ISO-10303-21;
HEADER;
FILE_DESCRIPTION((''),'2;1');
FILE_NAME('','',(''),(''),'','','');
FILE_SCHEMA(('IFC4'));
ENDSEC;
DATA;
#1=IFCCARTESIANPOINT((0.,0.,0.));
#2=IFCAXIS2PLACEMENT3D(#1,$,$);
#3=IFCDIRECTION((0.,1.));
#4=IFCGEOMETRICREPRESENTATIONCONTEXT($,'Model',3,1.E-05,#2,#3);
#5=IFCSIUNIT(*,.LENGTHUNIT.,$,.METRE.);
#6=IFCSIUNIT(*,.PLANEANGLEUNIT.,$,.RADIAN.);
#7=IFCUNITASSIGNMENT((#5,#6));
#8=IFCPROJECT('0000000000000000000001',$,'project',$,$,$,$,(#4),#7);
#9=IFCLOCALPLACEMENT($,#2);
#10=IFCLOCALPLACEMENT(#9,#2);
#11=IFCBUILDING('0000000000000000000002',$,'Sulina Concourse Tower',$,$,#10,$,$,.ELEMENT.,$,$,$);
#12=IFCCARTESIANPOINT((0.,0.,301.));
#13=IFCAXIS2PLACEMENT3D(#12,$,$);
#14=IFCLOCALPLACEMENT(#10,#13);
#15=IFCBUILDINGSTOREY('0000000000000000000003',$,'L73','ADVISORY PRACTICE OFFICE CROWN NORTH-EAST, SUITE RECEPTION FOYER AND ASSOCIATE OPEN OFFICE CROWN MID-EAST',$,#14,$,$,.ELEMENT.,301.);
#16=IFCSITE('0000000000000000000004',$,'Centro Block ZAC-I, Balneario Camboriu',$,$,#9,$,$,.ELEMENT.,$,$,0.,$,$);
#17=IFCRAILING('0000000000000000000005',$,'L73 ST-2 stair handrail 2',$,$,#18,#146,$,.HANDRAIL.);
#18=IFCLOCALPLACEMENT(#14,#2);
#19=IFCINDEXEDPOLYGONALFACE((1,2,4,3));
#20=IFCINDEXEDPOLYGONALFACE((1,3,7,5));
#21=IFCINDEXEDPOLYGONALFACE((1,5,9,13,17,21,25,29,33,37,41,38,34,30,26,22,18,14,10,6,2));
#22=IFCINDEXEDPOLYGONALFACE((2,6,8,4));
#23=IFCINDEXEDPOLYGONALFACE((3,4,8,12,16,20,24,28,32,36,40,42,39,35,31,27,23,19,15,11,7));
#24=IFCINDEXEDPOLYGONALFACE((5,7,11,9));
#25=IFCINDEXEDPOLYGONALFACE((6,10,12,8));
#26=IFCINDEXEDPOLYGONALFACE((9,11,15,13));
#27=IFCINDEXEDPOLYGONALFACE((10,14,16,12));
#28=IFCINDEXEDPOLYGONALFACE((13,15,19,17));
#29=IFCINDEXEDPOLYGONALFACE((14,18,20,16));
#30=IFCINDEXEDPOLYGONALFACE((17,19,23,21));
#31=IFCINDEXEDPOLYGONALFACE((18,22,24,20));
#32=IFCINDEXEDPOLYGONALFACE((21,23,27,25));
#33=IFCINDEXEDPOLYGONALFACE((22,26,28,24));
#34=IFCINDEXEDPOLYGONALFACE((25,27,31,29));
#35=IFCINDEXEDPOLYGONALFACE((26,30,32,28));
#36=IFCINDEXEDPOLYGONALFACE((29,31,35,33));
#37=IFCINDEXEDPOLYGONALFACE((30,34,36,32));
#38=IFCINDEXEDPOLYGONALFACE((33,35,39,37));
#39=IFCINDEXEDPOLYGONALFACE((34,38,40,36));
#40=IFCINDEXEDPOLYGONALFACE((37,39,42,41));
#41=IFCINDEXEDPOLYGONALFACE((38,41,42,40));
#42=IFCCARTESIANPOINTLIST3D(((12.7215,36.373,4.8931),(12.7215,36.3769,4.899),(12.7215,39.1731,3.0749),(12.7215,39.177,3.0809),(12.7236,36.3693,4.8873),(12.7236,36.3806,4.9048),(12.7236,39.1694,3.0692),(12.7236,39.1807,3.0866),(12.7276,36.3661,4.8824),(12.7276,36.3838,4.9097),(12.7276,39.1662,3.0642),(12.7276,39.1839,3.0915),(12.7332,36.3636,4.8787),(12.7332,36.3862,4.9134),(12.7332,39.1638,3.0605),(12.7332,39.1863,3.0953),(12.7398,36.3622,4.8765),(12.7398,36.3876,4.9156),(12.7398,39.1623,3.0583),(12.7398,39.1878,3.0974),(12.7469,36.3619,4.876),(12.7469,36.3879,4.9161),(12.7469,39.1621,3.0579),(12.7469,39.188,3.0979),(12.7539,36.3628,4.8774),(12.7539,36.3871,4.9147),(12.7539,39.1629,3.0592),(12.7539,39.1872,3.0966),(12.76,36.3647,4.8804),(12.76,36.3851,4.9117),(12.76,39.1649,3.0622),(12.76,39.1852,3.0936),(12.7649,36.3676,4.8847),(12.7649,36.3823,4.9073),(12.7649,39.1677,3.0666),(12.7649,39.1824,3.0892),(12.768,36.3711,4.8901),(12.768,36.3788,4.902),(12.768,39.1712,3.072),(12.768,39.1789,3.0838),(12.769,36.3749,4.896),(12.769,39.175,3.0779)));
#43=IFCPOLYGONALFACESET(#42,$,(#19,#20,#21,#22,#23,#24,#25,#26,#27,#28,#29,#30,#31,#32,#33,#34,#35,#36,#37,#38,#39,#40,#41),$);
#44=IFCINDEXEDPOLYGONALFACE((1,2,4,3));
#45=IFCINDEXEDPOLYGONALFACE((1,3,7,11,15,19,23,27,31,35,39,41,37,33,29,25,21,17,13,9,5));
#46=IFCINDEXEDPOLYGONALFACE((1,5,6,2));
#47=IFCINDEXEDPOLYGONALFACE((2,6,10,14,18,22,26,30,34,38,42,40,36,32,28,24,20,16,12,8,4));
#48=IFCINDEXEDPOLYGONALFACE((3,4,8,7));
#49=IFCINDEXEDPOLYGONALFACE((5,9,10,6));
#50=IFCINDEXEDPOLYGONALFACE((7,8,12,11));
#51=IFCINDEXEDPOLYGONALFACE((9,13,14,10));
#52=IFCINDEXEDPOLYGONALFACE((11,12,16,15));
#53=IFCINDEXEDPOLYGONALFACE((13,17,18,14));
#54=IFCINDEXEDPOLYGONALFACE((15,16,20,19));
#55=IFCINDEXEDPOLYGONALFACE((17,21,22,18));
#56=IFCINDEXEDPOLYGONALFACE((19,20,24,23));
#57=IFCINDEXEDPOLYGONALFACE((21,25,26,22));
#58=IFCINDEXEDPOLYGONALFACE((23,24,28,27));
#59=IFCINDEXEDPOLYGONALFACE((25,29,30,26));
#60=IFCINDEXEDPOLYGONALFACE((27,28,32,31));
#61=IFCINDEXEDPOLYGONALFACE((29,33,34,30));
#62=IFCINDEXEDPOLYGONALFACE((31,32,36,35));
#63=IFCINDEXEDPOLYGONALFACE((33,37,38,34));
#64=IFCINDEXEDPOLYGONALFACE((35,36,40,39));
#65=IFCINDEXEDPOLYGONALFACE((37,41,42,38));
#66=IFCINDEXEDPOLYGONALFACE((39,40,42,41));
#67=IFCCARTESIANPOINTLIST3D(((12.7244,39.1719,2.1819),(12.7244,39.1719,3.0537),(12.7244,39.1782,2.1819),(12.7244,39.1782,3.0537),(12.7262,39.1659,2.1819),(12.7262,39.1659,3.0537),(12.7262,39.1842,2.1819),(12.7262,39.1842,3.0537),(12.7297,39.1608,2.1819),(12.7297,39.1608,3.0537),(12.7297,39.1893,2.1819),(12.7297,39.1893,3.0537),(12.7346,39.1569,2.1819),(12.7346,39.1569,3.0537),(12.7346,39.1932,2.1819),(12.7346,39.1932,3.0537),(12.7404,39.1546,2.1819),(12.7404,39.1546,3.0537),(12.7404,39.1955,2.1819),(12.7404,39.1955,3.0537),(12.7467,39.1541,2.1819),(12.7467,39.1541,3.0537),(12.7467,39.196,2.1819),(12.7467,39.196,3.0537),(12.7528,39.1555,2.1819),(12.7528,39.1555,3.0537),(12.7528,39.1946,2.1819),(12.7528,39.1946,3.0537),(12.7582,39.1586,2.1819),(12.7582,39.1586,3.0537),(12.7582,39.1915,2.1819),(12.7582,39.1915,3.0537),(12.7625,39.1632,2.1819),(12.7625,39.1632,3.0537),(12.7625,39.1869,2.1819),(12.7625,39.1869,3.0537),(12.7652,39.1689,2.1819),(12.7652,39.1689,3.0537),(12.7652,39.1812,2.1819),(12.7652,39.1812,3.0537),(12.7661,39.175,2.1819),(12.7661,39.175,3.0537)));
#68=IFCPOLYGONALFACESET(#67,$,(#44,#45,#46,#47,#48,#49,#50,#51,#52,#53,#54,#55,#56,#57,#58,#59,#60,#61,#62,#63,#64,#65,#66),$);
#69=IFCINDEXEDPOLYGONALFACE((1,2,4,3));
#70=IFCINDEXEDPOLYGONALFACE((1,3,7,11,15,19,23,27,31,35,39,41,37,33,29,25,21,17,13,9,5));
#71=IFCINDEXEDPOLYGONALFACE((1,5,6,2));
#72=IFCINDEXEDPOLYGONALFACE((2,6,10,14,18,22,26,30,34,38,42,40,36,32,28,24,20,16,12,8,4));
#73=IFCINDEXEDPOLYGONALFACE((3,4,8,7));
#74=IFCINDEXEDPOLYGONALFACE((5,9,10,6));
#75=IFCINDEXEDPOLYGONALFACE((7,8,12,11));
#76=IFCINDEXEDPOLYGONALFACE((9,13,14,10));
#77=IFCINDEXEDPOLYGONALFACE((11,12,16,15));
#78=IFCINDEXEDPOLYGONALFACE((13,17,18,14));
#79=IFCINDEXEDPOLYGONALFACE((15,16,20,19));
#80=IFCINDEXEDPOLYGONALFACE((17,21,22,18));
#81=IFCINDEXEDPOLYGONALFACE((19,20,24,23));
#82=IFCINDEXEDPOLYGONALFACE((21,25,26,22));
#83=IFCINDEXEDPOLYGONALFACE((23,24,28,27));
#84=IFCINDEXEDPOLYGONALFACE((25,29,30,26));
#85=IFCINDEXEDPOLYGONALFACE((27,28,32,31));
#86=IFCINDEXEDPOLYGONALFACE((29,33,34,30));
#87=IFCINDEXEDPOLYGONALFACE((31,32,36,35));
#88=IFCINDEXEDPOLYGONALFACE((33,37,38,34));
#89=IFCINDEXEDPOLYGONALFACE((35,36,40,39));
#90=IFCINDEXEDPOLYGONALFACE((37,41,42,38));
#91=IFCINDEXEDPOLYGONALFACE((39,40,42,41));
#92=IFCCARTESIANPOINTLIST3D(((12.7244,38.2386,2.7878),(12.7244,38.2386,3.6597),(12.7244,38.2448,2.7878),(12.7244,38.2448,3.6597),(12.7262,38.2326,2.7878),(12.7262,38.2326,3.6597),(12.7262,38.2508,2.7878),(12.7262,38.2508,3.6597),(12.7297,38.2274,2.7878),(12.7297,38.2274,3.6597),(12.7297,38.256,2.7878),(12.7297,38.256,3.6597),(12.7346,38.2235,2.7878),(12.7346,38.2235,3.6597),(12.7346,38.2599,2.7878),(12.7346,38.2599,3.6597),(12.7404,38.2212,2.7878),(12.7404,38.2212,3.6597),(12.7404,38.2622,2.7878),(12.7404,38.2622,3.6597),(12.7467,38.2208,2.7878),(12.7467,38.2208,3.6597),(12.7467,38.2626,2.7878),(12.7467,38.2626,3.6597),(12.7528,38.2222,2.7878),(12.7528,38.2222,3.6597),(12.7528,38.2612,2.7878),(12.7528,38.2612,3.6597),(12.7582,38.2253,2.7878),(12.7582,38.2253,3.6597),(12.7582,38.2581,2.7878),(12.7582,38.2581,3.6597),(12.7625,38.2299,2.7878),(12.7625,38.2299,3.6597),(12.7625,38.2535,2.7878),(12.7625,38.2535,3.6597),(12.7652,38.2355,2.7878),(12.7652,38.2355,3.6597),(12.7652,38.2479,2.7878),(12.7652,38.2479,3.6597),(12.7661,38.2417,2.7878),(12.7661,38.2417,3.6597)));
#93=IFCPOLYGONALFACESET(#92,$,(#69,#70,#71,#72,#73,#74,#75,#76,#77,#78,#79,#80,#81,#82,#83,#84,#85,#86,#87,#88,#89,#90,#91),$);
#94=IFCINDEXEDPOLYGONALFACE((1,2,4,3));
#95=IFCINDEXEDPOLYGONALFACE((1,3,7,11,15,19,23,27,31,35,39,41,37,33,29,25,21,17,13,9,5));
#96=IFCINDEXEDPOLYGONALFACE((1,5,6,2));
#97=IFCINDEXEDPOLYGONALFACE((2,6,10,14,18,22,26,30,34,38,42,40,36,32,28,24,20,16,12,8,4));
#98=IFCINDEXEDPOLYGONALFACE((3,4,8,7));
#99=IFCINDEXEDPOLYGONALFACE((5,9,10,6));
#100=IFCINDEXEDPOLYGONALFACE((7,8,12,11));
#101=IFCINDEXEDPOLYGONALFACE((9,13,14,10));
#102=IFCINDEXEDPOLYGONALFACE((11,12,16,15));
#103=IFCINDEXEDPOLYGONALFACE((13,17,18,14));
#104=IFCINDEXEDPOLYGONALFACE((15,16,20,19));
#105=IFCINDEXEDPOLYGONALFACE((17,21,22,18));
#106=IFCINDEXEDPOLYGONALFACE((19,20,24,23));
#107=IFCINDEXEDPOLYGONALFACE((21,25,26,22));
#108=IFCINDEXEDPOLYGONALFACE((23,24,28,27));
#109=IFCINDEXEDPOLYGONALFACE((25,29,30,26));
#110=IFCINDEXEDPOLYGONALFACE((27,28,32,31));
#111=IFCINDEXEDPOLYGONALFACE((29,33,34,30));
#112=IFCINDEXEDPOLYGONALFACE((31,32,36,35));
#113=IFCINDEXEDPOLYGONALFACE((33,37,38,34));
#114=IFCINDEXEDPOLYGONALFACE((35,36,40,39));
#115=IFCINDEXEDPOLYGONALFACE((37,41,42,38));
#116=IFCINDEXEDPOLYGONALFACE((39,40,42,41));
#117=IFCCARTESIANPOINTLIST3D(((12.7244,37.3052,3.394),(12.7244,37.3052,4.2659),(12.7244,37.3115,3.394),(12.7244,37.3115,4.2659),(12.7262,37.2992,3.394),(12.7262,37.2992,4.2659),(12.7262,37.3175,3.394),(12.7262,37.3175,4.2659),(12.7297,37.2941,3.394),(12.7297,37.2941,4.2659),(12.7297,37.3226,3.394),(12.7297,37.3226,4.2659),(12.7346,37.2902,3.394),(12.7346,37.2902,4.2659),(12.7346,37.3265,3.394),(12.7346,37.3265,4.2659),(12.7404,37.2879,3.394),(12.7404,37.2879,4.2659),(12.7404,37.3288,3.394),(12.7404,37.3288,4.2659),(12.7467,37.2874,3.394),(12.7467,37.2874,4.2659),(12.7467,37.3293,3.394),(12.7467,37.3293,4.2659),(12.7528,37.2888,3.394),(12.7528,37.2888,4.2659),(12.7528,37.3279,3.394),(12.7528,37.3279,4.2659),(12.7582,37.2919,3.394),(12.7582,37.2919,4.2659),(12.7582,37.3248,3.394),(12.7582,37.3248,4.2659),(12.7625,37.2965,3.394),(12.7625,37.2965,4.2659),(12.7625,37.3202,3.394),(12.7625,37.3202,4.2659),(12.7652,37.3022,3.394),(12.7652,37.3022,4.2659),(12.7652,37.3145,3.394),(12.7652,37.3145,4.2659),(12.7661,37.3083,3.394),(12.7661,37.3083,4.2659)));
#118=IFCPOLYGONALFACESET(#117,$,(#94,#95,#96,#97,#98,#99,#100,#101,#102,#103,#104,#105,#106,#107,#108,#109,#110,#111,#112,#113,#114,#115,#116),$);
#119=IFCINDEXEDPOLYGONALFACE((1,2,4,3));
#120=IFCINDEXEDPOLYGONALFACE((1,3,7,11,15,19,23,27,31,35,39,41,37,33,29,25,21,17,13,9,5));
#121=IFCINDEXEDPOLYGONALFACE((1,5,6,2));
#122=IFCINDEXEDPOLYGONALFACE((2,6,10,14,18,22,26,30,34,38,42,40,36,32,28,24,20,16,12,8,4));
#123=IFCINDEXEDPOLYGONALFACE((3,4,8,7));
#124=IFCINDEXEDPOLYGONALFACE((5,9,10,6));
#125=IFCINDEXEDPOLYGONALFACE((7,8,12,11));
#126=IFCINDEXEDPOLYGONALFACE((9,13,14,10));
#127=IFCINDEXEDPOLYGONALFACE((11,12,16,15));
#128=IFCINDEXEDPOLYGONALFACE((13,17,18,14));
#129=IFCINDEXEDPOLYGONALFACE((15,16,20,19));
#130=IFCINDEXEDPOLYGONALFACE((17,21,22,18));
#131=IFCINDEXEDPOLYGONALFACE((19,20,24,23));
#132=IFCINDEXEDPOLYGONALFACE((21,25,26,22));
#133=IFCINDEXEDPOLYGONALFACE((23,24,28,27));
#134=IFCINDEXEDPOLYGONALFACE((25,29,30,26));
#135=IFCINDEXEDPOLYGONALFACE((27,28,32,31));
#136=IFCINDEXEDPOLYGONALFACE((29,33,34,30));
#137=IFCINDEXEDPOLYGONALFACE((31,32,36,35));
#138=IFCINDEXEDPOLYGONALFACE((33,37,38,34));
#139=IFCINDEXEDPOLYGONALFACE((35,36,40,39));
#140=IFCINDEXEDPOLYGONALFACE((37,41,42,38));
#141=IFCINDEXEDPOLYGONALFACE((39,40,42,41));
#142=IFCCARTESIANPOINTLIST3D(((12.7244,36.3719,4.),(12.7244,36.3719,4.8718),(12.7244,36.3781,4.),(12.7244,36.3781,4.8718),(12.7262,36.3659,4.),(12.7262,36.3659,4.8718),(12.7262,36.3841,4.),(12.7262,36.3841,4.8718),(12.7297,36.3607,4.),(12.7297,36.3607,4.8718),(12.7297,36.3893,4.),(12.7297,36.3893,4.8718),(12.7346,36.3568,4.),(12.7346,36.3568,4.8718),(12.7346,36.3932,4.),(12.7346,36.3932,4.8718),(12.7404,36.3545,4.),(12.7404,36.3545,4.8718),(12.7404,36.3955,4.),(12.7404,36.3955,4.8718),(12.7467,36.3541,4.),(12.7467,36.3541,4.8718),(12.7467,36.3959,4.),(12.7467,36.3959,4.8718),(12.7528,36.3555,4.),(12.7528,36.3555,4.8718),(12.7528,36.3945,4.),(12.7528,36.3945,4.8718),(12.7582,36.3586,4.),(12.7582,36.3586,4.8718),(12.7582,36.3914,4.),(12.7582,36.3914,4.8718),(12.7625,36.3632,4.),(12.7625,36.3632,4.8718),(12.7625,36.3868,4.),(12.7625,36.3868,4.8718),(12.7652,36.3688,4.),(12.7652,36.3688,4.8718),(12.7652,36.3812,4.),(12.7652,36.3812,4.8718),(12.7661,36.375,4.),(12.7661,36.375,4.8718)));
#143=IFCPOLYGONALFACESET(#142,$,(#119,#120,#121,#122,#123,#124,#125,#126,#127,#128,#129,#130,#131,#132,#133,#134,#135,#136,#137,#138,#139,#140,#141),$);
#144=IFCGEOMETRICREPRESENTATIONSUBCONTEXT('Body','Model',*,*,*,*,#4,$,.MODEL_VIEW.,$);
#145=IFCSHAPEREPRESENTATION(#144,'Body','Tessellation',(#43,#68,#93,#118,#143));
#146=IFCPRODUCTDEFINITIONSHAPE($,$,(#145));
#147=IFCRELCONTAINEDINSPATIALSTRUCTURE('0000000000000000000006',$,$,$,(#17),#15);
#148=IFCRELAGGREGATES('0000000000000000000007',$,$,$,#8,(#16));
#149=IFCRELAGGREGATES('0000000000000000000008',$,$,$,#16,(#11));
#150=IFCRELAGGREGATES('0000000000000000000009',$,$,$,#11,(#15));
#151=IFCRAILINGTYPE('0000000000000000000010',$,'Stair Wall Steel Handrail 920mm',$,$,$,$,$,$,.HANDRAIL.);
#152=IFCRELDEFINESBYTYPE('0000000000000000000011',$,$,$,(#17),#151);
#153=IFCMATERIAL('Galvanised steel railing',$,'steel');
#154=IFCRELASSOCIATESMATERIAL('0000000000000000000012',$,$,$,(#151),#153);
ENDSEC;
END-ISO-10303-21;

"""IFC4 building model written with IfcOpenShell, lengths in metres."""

from ifc_helpers import new_model, si_unit, direction, frame, origin, origin_2d, place, context, subcontext, project, spatial, circle, extrude, material, type_object, element, save


model = new_model("IFC4")

# Units and contexts
model_context = context("Model", 3, precision=1e-05, world=origin(), true_north=direction((0.0, 1.0)))
body_context = subcontext(model_context, "Body", "Model", "MODEL_VIEW")
ifc_project = project(units=[si_unit("LENGTHUNIT", "METRE"), si_unit("PLANEANGLEUNIT", "RADIAN")], contexts=[model_context])

# Site, building, storey
site_placement = place(None, origin())
site = spatial("IfcSite", under=ifc_project, at=site_placement, Name="Centro Block ZAC-I, Balneario Camboriu", CompositionType="ELEMENT", RefElevation=0.0)
building_placement = place(site_placement, origin())
building = spatial("IfcBuilding", under=site, at=building_placement, Name="Sulina Concourse Tower", CompositionType="ELEMENT")
storey_placement = place(building_placement, frame((0.0, 0.0, 301.0)))
storey = spatial("IfcBuildingStorey", under=building, at=storey_placement, Name="L73", Description="ADVISORY PRACTICE OFFICE CROWN NORTH-EAST, SUITE RECEPTION FOYER AND ASSOCIATE OPEN OFFICE CROWN MID-EAST", CompositionType="ELEMENT", Elevation=301.0)

# Railing
ifc_material_1 = material(Name="Galvanised steel railing", Category="steel")
railing_type_1 = type_object("IfcRailingType", Name="Stair Wall Steel Handrail 920mm", PredefinedType="HANDRAIL", material=ifc_material_1)
railing_1_placement = place(storey_placement, frame((12.7451, 39.175, 2.1819)))
element("IfcRailing", 1, at=railing_1_placement, inside=storey, type_object=railing_type_1, Name="L73 ST-2 stair handrail 2", PredefinedType="HANDRAIL", context=body_context, shape_type="SweptSolid", body=[
    extrude(circle(Radius=0.0239, at=origin_2d()), frame((0.0, 0.0, 0.896), z_axis=(0.0, -0.838706, 0.544585), x_axis=(1.0, 0.0, 0.0)), (0.0, 0.0, 1.0), 3.3386),
    extrude(circle(Radius=0.021, at=origin_2d()), origin(), (0.0, 0.0, 1.0), 0.8718),
    extrude(circle(Radius=0.021, at=origin_2d()), frame((0.0, -0.9333, 0.606)), (0.0, 0.0, 1.0), 0.8718),
    extrude(circle(Radius=0.021, at=origin_2d()), frame((0.0, -1.8667, 1.2122)), (0.0, 0.0, 1.0), 0.8718),
    extrude(circle(Radius=0.021, at=origin_2d()), frame((0.0, -2.8, 1.8181)), (0.0, 0.0, 1.0), 0.8718),
])

save(model, "model.ifc")
